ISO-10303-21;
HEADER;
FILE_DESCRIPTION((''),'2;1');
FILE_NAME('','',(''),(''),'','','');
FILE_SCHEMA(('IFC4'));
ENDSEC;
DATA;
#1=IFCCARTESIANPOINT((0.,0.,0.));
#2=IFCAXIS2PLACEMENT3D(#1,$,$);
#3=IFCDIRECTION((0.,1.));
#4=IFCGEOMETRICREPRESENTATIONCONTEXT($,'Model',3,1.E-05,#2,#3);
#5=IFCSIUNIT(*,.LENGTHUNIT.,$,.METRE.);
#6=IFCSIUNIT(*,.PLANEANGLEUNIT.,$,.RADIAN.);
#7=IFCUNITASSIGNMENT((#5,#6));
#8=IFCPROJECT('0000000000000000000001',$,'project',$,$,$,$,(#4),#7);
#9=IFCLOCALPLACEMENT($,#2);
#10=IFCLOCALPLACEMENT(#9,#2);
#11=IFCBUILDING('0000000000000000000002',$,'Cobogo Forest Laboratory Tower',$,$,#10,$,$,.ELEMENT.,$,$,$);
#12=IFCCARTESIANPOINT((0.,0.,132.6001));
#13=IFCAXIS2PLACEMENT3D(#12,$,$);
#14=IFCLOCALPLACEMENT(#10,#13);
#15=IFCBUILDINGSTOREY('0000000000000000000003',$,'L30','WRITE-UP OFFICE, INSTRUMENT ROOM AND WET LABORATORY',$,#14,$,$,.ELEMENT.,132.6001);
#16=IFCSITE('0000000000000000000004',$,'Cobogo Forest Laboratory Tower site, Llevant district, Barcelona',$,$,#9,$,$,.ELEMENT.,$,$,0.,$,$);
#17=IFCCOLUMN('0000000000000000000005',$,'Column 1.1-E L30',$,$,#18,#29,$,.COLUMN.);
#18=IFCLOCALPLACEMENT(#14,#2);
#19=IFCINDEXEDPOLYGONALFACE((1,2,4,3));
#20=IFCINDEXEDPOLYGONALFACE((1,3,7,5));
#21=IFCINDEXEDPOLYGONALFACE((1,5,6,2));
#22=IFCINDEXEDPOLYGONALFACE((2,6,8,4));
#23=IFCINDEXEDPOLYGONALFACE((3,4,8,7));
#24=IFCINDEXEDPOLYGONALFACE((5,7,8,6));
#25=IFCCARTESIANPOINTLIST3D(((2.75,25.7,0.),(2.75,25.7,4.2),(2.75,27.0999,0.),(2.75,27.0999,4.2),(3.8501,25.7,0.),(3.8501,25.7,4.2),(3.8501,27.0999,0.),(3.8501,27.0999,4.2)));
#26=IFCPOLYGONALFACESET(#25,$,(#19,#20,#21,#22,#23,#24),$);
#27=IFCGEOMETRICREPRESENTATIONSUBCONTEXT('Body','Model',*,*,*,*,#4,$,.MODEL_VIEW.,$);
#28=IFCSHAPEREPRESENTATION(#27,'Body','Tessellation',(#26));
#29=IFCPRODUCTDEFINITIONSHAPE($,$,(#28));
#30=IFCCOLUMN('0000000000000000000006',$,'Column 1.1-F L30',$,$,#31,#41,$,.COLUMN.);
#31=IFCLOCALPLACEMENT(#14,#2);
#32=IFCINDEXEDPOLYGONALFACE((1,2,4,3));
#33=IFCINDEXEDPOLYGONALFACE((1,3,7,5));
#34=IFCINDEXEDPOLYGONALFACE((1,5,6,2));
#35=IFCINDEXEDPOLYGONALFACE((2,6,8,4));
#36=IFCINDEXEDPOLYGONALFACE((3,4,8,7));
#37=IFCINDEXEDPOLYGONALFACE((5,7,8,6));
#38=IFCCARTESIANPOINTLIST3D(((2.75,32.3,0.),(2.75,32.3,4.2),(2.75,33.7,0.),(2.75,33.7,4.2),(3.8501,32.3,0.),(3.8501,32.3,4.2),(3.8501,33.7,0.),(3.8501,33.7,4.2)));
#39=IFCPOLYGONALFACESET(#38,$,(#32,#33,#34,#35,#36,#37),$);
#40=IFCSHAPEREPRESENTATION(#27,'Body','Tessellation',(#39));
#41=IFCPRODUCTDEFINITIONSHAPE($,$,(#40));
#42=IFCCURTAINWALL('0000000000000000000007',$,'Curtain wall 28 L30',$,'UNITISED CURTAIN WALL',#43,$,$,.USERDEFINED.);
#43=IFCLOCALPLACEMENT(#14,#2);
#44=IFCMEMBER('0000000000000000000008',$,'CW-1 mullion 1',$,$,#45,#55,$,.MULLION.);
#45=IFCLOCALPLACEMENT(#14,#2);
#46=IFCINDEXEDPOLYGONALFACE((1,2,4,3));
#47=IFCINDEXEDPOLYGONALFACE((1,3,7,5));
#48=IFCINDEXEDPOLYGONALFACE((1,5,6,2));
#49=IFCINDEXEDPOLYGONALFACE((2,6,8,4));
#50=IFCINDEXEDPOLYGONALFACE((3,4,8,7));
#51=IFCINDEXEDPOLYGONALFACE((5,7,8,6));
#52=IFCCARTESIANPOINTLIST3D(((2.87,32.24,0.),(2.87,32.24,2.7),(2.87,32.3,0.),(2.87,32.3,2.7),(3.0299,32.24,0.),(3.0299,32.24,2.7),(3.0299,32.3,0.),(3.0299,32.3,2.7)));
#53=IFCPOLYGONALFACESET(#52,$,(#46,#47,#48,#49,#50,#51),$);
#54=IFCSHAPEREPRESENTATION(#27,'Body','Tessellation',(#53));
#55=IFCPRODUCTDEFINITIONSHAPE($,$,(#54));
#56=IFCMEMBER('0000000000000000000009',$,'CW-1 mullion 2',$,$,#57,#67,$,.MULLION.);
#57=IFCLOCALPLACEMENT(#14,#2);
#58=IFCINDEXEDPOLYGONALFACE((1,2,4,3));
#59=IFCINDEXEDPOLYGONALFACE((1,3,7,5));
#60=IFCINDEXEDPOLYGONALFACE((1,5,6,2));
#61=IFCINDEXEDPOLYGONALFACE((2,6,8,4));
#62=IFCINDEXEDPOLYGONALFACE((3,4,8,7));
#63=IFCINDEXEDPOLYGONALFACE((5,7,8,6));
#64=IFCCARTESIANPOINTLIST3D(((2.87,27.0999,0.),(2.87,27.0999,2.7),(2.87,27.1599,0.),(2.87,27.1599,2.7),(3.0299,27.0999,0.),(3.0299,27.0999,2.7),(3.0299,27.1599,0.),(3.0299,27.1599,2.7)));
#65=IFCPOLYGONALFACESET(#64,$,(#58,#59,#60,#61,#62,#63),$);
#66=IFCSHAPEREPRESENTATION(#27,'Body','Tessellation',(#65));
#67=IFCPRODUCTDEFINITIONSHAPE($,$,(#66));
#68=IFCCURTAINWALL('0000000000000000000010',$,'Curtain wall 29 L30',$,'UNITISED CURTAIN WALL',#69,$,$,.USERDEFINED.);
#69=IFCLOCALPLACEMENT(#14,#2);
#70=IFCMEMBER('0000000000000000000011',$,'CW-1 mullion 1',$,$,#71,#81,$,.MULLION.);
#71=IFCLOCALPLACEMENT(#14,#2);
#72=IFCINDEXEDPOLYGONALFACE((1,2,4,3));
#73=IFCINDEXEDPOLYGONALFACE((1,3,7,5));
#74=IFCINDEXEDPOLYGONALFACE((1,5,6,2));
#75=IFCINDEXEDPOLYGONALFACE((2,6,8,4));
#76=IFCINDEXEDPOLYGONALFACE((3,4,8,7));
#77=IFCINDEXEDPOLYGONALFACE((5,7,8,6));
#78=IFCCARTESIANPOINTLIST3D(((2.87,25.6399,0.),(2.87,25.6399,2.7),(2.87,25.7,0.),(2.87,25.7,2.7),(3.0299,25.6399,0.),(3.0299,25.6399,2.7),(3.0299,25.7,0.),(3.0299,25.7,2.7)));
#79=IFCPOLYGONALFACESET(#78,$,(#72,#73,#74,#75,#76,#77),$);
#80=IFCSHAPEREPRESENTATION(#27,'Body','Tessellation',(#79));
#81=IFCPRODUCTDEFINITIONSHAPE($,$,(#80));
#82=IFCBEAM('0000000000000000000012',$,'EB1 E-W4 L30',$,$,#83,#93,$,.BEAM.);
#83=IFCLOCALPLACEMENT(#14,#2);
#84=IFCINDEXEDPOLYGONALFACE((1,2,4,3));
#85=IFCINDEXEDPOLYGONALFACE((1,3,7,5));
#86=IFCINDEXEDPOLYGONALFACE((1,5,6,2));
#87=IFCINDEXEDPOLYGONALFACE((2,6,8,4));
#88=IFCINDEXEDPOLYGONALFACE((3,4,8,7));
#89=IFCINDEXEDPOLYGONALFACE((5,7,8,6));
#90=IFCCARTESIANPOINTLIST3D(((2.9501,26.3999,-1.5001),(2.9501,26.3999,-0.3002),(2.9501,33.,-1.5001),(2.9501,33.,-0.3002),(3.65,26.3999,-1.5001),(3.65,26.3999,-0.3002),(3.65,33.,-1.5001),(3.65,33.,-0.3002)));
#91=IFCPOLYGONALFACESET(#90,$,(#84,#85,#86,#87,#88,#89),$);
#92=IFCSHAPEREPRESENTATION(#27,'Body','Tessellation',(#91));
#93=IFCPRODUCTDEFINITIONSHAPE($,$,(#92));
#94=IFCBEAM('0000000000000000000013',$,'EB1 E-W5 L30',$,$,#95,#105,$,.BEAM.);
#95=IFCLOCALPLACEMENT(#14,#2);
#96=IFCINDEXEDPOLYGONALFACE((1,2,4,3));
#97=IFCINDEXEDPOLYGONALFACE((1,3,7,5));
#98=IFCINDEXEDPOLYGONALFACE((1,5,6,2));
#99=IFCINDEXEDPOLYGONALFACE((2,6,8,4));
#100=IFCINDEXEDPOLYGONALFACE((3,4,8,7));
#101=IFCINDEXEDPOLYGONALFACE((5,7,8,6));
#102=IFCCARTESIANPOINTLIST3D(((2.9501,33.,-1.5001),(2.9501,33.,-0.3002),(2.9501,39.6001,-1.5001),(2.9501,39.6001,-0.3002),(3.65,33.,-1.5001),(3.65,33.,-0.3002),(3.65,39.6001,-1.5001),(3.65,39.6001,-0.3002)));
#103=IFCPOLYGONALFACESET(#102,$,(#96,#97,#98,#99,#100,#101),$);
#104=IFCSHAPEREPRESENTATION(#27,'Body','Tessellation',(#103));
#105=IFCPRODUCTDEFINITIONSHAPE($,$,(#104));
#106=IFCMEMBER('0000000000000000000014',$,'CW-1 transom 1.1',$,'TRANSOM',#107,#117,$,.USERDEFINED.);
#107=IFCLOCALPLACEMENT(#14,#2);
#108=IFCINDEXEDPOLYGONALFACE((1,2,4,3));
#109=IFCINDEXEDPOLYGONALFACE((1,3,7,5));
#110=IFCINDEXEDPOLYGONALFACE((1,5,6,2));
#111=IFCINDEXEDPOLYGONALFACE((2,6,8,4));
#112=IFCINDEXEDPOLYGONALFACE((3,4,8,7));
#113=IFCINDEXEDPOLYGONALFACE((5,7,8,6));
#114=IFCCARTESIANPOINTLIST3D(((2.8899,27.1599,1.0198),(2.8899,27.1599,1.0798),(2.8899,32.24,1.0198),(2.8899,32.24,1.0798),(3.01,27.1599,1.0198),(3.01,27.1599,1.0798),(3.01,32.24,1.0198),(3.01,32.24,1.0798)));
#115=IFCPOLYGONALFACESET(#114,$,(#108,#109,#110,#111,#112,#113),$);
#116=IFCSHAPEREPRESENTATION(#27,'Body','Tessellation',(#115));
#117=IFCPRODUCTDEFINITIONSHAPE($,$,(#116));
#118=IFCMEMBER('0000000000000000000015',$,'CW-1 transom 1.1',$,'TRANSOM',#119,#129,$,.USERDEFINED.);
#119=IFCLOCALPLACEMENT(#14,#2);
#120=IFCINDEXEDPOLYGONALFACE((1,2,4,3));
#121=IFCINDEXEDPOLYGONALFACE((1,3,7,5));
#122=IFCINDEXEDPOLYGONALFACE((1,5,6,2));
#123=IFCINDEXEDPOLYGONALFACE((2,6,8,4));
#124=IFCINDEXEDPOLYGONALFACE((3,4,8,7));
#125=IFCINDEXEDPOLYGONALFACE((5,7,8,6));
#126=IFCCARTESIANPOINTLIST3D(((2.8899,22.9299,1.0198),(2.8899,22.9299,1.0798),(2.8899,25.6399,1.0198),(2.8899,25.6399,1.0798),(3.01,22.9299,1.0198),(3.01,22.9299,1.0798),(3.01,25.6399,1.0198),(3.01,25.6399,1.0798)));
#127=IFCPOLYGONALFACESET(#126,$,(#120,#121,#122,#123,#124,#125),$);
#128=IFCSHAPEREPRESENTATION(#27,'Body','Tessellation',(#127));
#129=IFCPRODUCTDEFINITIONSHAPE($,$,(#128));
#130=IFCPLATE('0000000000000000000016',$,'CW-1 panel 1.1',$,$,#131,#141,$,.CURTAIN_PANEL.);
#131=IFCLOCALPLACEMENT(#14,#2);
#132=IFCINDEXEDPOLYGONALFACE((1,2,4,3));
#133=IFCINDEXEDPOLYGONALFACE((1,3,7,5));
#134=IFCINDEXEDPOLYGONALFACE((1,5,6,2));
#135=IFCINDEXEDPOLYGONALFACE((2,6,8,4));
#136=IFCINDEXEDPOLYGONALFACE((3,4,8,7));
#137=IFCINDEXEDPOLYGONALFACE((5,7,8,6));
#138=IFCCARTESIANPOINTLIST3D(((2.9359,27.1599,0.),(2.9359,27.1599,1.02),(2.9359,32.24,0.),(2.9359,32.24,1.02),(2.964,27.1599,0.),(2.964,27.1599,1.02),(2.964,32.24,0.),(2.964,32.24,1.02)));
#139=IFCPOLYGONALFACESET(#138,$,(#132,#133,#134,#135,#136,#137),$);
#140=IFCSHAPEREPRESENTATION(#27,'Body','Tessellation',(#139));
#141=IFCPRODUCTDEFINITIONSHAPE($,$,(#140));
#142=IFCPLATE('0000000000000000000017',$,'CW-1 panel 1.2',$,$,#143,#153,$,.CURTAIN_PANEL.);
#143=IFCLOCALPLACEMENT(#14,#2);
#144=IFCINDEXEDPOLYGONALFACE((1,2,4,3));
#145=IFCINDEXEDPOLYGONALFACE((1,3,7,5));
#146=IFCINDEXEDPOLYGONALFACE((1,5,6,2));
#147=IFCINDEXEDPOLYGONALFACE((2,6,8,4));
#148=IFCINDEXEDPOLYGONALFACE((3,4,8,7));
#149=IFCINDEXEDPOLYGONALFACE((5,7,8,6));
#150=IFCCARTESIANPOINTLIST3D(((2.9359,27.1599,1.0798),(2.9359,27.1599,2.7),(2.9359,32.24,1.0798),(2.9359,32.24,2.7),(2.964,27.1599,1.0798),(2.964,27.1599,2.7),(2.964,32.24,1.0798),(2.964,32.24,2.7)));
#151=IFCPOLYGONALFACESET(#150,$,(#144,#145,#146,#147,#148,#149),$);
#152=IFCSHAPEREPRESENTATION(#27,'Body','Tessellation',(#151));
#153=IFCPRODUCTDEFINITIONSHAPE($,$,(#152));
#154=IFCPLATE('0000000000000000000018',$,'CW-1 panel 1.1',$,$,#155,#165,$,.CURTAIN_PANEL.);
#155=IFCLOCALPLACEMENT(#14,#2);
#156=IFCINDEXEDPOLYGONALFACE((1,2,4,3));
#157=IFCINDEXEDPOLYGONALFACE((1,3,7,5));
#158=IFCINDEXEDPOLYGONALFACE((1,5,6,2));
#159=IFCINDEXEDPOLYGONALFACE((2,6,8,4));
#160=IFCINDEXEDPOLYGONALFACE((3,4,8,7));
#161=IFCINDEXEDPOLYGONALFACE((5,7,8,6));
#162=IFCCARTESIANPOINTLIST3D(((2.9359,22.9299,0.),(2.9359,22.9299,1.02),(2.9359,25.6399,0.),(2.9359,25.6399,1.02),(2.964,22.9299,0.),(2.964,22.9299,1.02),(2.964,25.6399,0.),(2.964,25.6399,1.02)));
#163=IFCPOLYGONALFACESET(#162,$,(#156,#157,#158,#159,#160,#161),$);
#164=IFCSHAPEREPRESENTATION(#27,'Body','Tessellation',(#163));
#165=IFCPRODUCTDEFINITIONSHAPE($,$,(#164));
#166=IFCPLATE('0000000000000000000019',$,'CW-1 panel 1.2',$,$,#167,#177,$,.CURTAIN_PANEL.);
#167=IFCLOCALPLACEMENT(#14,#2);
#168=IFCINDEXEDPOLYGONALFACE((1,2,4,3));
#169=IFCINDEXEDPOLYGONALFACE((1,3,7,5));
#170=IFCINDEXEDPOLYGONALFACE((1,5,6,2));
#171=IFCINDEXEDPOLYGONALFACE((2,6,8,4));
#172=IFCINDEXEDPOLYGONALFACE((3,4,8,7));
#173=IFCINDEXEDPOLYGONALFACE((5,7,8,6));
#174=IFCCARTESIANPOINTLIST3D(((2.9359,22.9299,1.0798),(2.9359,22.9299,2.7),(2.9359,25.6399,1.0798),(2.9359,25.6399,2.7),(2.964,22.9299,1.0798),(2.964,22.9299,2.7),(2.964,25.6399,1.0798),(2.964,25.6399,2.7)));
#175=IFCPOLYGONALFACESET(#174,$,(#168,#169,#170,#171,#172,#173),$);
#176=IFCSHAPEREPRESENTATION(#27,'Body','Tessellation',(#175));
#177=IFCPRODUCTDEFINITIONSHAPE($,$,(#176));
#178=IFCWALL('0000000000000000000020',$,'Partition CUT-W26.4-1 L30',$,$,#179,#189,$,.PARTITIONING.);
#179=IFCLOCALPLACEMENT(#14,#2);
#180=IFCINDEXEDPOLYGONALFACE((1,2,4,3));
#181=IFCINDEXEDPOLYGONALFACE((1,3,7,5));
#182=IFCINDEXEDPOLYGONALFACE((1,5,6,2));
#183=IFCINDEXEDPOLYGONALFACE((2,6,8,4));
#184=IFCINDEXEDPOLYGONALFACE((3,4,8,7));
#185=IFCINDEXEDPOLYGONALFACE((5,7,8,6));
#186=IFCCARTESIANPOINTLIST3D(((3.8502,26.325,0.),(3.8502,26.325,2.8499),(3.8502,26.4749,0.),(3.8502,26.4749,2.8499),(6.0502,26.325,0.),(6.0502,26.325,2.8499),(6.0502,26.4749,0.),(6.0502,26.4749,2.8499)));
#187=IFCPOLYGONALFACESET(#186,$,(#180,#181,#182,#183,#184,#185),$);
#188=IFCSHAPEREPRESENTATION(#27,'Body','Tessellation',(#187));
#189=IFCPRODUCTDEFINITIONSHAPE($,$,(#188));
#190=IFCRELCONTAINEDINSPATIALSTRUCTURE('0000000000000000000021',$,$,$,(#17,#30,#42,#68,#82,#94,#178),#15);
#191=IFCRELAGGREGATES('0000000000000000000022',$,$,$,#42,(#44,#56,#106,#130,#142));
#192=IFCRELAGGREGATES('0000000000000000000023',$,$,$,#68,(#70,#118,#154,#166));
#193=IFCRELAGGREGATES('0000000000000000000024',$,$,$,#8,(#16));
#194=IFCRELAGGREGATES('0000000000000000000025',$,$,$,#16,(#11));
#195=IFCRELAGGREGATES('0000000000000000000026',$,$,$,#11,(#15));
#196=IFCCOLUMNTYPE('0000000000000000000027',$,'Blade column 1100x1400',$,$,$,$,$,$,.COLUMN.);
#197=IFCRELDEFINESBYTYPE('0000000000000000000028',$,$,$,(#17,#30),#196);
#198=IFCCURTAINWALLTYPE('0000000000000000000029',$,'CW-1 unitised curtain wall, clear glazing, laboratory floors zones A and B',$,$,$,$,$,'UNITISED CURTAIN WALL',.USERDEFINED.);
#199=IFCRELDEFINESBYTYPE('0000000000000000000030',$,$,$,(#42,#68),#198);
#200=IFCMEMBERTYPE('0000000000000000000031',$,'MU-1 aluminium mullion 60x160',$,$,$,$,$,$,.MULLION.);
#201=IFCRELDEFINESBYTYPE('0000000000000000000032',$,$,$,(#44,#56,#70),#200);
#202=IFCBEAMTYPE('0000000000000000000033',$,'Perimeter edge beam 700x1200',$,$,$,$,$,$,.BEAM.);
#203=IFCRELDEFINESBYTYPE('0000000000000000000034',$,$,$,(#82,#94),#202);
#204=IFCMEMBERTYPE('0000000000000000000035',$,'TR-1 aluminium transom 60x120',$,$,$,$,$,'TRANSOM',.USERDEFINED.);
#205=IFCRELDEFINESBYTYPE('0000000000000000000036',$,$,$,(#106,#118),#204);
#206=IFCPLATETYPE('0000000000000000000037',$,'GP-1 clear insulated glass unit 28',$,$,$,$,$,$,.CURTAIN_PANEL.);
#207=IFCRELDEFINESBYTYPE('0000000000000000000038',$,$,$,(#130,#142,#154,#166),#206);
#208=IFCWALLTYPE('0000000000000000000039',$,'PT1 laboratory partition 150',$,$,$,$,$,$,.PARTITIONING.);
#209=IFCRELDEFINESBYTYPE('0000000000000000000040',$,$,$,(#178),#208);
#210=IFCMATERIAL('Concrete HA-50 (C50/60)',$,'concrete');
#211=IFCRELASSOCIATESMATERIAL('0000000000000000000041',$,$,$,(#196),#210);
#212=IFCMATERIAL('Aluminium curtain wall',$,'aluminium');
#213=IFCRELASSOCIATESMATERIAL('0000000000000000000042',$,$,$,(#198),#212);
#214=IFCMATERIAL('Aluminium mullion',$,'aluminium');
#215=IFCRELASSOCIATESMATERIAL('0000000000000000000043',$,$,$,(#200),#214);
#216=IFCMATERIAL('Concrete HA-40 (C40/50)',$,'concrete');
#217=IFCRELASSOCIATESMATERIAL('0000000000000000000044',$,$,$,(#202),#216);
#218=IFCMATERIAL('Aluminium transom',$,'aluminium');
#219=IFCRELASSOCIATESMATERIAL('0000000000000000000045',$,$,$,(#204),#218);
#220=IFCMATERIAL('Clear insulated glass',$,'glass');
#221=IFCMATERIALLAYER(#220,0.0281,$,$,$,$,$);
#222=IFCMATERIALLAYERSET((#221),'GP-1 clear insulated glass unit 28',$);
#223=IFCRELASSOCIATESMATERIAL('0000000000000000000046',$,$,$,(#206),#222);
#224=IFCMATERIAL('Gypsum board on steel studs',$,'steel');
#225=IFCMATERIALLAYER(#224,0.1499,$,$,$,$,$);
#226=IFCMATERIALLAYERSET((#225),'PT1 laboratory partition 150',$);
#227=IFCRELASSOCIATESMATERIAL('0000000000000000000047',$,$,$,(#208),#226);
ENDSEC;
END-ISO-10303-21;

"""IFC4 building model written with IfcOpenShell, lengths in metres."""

from ifc_helpers import new_model, si_unit, direction, frame, frame_2d, origin, origin_2d, place, context, subcontext, project, spatial, rectangle, extrude, material, layer, layer_set, material_profile, profile_set, type_object, element, aggregate, save


model = new_model("IFC4")

# Units and contexts
model_context = context("Model", 3, precision=1e-05, world=origin(), true_north=direction((0.0, 1.0)))
body_context = subcontext(model_context, "Body", "Model", "MODEL_VIEW")
ifc_project = project(units=[si_unit("LENGTHUNIT", "METRE"), si_unit("PLANEANGLEUNIT", "RADIAN")], contexts=[model_context])

# Site, building, storey
site_placement = place(None, origin())
site = spatial("IfcSite", under=ifc_project, at=site_placement, Name="Cobogo Forest Laboratory Tower site, Llevant district, Barcelona", CompositionType="ELEMENT", RefElevation=0.0)
building_placement = place(site_placement, origin())
building = spatial("IfcBuilding", under=site, at=building_placement, Name="Cobogo Forest Laboratory Tower", CompositionType="ELEMENT")
storey_placement = place(building_placement, frame((0.0, 0.0, 132.6001)))
storey = spatial("IfcBuildingStorey", under=building, at=storey_placement, Name="L30", Description="WRITE-UP OFFICE, INSTRUMENT ROOM AND WET LABORATORY", CompositionType="ELEMENT", Elevation=132.6001)

# Columns
ifc_material_1 = material(Name="Concrete HA-50 (C50/60)", Category="concrete")
ifc_material_profile_1 = material_profile(ifc_material_1, rectangle(XDim=1.3999, YDim=1.1001, at=origin_2d()), Name="RC 1100x1400")
ifc_profile_set_1 = profile_set([ifc_material_profile_1], Name="Concrete HA-50 (C50/60)")
column_type = type_object("IfcColumnType", Name="Blade column 1100x1400", PredefinedType="COLUMN", material=ifc_profile_set_1)
for number, where, z_axis, x_axis, name in (
    (1, (3.3, 26.3999, 0.0), (0.0, 0.0, 1.0), (0.0, 1.0, 0.0), "Column 1.1-E L30"),
    (2, (3.3, 33.0, 0.0), (0.0, 0.0, 1.0), (0.0, 1.0, 0.0), "Column 1.1-F L30"),
):
    element("IfcColumn", number, at=place(storey_placement, frame(where, z_axis=z_axis, x_axis=x_axis)), inside=storey, type_object=column_type, Name=name, PredefinedType="COLUMN", context=body_context, shape_type="SweptSolid", body=[
        extrude(rectangle(XDim=1.3999, YDim=1.1001, at=origin_2d()), origin(), (0.0, 0.0, 1.0), 4.2),
    ])

# Curtain wall, members
ifc_material_2 = material(Name="Aluminium curtain wall", Category="aluminium")
curtain_wall_type = type_object("IfcCurtainWallType", Name="CW-1 unitised curtain wall, clear glazing, laboratory floors zones A and B", ElementType="UNITISED CURTAIN WALL", PredefinedType="USERDEFINED", material=ifc_material_2)
curtain_wall_1_placement = place(storey_placement, origin())
curtain_wall_1 = element("IfcCurtainWall", 3, at=curtain_wall_1_placement, inside=storey, type_object=curtain_wall_type, Name="Curtain wall 28 L30", ObjectType="UNITISED CURTAIN WALL", PredefinedType="USERDEFINED")
ifc_material_3 = material(Name="Aluminium mullion", Category="aluminium")
ifc_material_profile_2 = material_profile(ifc_material_3, rectangle(XDim=0.0601, YDim=0.1599, at=origin_2d()), Name="AL 60x160")
ifc_profile_set_2 = profile_set([ifc_material_profile_2], Name="Aluminium mullion")
member_type_1 = type_object("IfcMemberType", Name="MU-1 aluminium mullion 60x160", PredefinedType="MULLION", material=ifc_profile_set_2)
member_1_placement = place(storey_placement, frame((2.95, 32.27, 0.0), z_axis=(0.0, 0.0, 1.0), x_axis=(0.0, -1.0, 0.0)))
member_1 = element("IfcMember", 4, at=member_1_placement, type_object=member_type_1, Name="CW-1 mullion 1", PredefinedType="MULLION", context=body_context, shape_type="SweptSolid", body=[
    extrude(rectangle(XDim=0.0601, YDim=0.1599, at=origin_2d()), origin(), (0.0, 0.0, 1.0), 2.7),
])
member_2_placement = place(storey_placement, frame((2.95, 27.1299, 0.0), z_axis=(0.0, 0.0, 1.0), x_axis=(0.0, -1.0, 0.0)))
member_2 = element("IfcMember", 5, at=member_2_placement, type_object=member_type_1, Name="CW-1 mullion 2", PredefinedType="MULLION", context=body_context, shape_type="SweptSolid", body=[
    extrude(rectangle(XDim=0.0601, YDim=0.1599, at=origin_2d()), origin(), (0.0, 0.0, 1.0), 2.7),
])

# Curtain wall, member
curtain_wall_2_placement = place(storey_placement, origin())
curtain_wall_2 = element("IfcCurtainWall", 6, at=curtain_wall_2_placement, inside=storey, type_object=curtain_wall_type, Name="Curtain wall 29 L30", ObjectType="UNITISED CURTAIN WALL", PredefinedType="USERDEFINED")
member_3_placement = place(storey_placement, frame((2.95, 25.6699, 0.0), z_axis=(0.0, 0.0, 1.0), x_axis=(0.0, -1.0, 0.0)))
member_3 = element("IfcMember", 7, at=member_3_placement, type_object=member_type_1, Name="CW-1 mullion 1", PredefinedType="MULLION", context=body_context, shape_type="SweptSolid", body=[
    extrude(rectangle(XDim=0.0601, YDim=0.1599, at=origin_2d()), origin(), (0.0, 0.0, 1.0), 2.7),
])

# Beams
ifc_material_4 = material(Name="Concrete HA-40 (C40/50)", Category="concrete")
ifc_material_profile_3 = material_profile(ifc_material_4, rectangle(XDim=0.7, YDim=1.2, at=origin_2d()), Name="RC 700x1200")
ifc_profile_set_3 = profile_set([ifc_material_profile_3], Name="Concrete HA-40 (C40/50)")
beam_type = type_object("IfcBeamType", Name="Perimeter edge beam 700x1200", PredefinedType="BEAM", material=ifc_profile_set_3)
for number, where, z_axis, x_axis, name in (
    (8, (3.3, 26.3999, -0.9001), (0.0, 1.0, 0.0), (-1.0, 0.0, 0.0), "EB1 E-W4 L30"),
    (9, (3.3, 33.0, -0.9001), (0.0, 1.0, 0.0), (-1.0, 0.0, 0.0), "EB1 E-W5 L30"),
):
    element("IfcBeam", number, at=place(storey_placement, frame(where, z_axis=z_axis, x_axis=x_axis)), inside=storey, type_object=beam_type, Name=name, PredefinedType="BEAM", context=body_context, shape_type="SweptSolid", body=[
        extrude(rectangle(XDim=0.7, YDim=1.2, at=origin_2d()), origin(), (0.0, 0.0, 1.0), 6.6001),
    ])

# Members
ifc_material_5 = material(Name="Aluminium transom", Category="aluminium")
ifc_material_profile_4 = material_profile(ifc_material_5, rectangle(XDim=0.1201, YDim=0.0601, at=origin_2d()), Name="AL 60x120")
ifc_profile_set_4 = profile_set([ifc_material_profile_4], Name="Aluminium transom")
member_type_2 = type_object("IfcMemberType", Name="TR-1 aluminium transom 60x120", ElementType="TRANSOM", PredefinedType="USERDEFINED", material=ifc_profile_set_4)
member_4_placement = place(storey_placement, frame((2.95, 32.24, 1.0498), z_axis=(0.0, -1.0, 0.0), x_axis=(1.0, 0.0, 0.0)))
member_4 = element("IfcMember", 10, at=member_4_placement, type_object=member_type_2, Name="CW-1 transom 1.1", ObjectType="TRANSOM", PredefinedType="USERDEFINED", context=body_context, shape_type="SweptSolid", body=[
    extrude(rectangle(XDim=0.1201, YDim=0.0601, at=origin_2d()), origin(), (0.0, 0.0, 1.0), 5.0801),
])
member_5_placement = place(storey_placement, frame((2.95, 25.6399, 1.0498), z_axis=(0.0, -1.0, 0.0), x_axis=(1.0, 0.0, 0.0)))
member_5 = element("IfcMember", 11, at=member_5_placement, type_object=member_type_2, Name="CW-1 transom 1.1", ObjectType="TRANSOM", PredefinedType="USERDEFINED", context=body_context, shape_type="SweptSolid", body=[
    extrude(rectangle(XDim=0.1201, YDim=0.0601, at=origin_2d()), origin(), (0.0, 0.0, 1.0), 2.71),
])

# Plates
ifc_material_6 = material(Name="Clear insulated glass", Category="glass")
ifc_layer_1 = layer(ifc_material_6, 0.0281)
ifc_layer_set_1 = layer_set([ifc_layer_1], Name="GP-1 clear insulated glass unit 28")
plate_type_1 = type_object("IfcPlateType", Name="GP-1 clear insulated glass unit 28", PredefinedType="CURTAIN_PANEL", material=ifc_layer_set_1)
plate_1_placement = place(storey_placement, frame((2.95, 29.7, 0.0), z_axis=(0.0, 0.0, 1.0), x_axis=(0.0, -1.0, 0.0)))
plate_1 = element("IfcPlate", 12, at=plate_1_placement, type_object=plate_type_1, Name="CW-1 panel 1.1", PredefinedType="CURTAIN_PANEL", context=body_context, shape_type="SweptSolid", body=[
    extrude(rectangle(XDim=5.0801, YDim=0.0281, at=origin_2d()), origin(), (0.0, 0.0, 1.0), 1.02),
])
plate_2_placement = place(storey_placement, frame((2.95, 29.7, 1.0798), z_axis=(0.0, 0.0, 1.0), x_axis=(0.0, -1.0, 0.0)))
plate_2 = element("IfcPlate", 13, at=plate_2_placement, type_object=plate_type_1, Name="CW-1 panel 1.2", PredefinedType="CURTAIN_PANEL", context=body_context, shape_type="SweptSolid", body=[
    extrude(rectangle(XDim=5.0801, YDim=0.0281, at=origin_2d()), origin(), (0.0, 0.0, 1.0), 1.6201),
])
aggregate(curtain_wall_1, [member_1, member_2, member_4, plate_1, plate_2])
plate_3_placement = place(storey_placement, frame((2.95, 24.2849, 0.0), z_axis=(0.0, 0.0, 1.0), x_axis=(0.0, -1.0, 0.0)))
plate_3 = element("IfcPlate", 14, at=plate_3_placement, type_object=plate_type_1, Name="CW-1 panel 1.1", PredefinedType="CURTAIN_PANEL", context=body_context, shape_type="SweptSolid", body=[
    extrude(rectangle(XDim=2.71, YDim=0.0281, at=origin_2d()), origin(), (0.0, 0.0, 1.0), 1.02),
])
plate_4_placement = place(storey_placement, frame((2.95, 24.2849, 1.0798), z_axis=(0.0, 0.0, 1.0), x_axis=(0.0, -1.0, 0.0)))
plate_4 = element("IfcPlate", 15, at=plate_4_placement, type_object=plate_type_1, Name="CW-1 panel 1.2", PredefinedType="CURTAIN_PANEL", context=body_context, shape_type="SweptSolid", body=[
    extrude(rectangle(XDim=2.71, YDim=0.0281, at=origin_2d()), origin(), (0.0, 0.0, 1.0), 1.6201),
])
aggregate(curtain_wall_2, [member_3, member_5, plate_3, plate_4])

# Wall
ifc_material_7 = material(Name="Gypsum board on steel studs", Category="steel")
ifc_layer_2 = layer(ifc_material_7, 0.1499)
ifc_layer_set_2 = layer_set([ifc_layer_2], Name="PT1 laboratory partition 150")
wall_type_1 = type_object("IfcWallType", Name="PT1 laboratory partition 150", PredefinedType="PARTITIONING", material=ifc_layer_set_2)
wall_1_placement = place(storey_placement, frame((3.8501, 26.3999, 0.0), z_axis=(0.0, 0.0, 1.0), x_axis=(1.0, 0.0, 0.0)))
element("IfcWall", 16, at=wall_1_placement, inside=storey, type_object=wall_type_1, Name="Partition CUT-W26.4-1 L30", PredefinedType="PARTITIONING", context=body_context, shape_type="SweptSolid", body=[
    extrude(rectangle(XDim=2.2, YDim=0.1499, at=frame_2d((1.1001, 0.0))), origin(), (0.0, 0.0, 1.0), 2.8499),
])

save(model, "model.ifc")
